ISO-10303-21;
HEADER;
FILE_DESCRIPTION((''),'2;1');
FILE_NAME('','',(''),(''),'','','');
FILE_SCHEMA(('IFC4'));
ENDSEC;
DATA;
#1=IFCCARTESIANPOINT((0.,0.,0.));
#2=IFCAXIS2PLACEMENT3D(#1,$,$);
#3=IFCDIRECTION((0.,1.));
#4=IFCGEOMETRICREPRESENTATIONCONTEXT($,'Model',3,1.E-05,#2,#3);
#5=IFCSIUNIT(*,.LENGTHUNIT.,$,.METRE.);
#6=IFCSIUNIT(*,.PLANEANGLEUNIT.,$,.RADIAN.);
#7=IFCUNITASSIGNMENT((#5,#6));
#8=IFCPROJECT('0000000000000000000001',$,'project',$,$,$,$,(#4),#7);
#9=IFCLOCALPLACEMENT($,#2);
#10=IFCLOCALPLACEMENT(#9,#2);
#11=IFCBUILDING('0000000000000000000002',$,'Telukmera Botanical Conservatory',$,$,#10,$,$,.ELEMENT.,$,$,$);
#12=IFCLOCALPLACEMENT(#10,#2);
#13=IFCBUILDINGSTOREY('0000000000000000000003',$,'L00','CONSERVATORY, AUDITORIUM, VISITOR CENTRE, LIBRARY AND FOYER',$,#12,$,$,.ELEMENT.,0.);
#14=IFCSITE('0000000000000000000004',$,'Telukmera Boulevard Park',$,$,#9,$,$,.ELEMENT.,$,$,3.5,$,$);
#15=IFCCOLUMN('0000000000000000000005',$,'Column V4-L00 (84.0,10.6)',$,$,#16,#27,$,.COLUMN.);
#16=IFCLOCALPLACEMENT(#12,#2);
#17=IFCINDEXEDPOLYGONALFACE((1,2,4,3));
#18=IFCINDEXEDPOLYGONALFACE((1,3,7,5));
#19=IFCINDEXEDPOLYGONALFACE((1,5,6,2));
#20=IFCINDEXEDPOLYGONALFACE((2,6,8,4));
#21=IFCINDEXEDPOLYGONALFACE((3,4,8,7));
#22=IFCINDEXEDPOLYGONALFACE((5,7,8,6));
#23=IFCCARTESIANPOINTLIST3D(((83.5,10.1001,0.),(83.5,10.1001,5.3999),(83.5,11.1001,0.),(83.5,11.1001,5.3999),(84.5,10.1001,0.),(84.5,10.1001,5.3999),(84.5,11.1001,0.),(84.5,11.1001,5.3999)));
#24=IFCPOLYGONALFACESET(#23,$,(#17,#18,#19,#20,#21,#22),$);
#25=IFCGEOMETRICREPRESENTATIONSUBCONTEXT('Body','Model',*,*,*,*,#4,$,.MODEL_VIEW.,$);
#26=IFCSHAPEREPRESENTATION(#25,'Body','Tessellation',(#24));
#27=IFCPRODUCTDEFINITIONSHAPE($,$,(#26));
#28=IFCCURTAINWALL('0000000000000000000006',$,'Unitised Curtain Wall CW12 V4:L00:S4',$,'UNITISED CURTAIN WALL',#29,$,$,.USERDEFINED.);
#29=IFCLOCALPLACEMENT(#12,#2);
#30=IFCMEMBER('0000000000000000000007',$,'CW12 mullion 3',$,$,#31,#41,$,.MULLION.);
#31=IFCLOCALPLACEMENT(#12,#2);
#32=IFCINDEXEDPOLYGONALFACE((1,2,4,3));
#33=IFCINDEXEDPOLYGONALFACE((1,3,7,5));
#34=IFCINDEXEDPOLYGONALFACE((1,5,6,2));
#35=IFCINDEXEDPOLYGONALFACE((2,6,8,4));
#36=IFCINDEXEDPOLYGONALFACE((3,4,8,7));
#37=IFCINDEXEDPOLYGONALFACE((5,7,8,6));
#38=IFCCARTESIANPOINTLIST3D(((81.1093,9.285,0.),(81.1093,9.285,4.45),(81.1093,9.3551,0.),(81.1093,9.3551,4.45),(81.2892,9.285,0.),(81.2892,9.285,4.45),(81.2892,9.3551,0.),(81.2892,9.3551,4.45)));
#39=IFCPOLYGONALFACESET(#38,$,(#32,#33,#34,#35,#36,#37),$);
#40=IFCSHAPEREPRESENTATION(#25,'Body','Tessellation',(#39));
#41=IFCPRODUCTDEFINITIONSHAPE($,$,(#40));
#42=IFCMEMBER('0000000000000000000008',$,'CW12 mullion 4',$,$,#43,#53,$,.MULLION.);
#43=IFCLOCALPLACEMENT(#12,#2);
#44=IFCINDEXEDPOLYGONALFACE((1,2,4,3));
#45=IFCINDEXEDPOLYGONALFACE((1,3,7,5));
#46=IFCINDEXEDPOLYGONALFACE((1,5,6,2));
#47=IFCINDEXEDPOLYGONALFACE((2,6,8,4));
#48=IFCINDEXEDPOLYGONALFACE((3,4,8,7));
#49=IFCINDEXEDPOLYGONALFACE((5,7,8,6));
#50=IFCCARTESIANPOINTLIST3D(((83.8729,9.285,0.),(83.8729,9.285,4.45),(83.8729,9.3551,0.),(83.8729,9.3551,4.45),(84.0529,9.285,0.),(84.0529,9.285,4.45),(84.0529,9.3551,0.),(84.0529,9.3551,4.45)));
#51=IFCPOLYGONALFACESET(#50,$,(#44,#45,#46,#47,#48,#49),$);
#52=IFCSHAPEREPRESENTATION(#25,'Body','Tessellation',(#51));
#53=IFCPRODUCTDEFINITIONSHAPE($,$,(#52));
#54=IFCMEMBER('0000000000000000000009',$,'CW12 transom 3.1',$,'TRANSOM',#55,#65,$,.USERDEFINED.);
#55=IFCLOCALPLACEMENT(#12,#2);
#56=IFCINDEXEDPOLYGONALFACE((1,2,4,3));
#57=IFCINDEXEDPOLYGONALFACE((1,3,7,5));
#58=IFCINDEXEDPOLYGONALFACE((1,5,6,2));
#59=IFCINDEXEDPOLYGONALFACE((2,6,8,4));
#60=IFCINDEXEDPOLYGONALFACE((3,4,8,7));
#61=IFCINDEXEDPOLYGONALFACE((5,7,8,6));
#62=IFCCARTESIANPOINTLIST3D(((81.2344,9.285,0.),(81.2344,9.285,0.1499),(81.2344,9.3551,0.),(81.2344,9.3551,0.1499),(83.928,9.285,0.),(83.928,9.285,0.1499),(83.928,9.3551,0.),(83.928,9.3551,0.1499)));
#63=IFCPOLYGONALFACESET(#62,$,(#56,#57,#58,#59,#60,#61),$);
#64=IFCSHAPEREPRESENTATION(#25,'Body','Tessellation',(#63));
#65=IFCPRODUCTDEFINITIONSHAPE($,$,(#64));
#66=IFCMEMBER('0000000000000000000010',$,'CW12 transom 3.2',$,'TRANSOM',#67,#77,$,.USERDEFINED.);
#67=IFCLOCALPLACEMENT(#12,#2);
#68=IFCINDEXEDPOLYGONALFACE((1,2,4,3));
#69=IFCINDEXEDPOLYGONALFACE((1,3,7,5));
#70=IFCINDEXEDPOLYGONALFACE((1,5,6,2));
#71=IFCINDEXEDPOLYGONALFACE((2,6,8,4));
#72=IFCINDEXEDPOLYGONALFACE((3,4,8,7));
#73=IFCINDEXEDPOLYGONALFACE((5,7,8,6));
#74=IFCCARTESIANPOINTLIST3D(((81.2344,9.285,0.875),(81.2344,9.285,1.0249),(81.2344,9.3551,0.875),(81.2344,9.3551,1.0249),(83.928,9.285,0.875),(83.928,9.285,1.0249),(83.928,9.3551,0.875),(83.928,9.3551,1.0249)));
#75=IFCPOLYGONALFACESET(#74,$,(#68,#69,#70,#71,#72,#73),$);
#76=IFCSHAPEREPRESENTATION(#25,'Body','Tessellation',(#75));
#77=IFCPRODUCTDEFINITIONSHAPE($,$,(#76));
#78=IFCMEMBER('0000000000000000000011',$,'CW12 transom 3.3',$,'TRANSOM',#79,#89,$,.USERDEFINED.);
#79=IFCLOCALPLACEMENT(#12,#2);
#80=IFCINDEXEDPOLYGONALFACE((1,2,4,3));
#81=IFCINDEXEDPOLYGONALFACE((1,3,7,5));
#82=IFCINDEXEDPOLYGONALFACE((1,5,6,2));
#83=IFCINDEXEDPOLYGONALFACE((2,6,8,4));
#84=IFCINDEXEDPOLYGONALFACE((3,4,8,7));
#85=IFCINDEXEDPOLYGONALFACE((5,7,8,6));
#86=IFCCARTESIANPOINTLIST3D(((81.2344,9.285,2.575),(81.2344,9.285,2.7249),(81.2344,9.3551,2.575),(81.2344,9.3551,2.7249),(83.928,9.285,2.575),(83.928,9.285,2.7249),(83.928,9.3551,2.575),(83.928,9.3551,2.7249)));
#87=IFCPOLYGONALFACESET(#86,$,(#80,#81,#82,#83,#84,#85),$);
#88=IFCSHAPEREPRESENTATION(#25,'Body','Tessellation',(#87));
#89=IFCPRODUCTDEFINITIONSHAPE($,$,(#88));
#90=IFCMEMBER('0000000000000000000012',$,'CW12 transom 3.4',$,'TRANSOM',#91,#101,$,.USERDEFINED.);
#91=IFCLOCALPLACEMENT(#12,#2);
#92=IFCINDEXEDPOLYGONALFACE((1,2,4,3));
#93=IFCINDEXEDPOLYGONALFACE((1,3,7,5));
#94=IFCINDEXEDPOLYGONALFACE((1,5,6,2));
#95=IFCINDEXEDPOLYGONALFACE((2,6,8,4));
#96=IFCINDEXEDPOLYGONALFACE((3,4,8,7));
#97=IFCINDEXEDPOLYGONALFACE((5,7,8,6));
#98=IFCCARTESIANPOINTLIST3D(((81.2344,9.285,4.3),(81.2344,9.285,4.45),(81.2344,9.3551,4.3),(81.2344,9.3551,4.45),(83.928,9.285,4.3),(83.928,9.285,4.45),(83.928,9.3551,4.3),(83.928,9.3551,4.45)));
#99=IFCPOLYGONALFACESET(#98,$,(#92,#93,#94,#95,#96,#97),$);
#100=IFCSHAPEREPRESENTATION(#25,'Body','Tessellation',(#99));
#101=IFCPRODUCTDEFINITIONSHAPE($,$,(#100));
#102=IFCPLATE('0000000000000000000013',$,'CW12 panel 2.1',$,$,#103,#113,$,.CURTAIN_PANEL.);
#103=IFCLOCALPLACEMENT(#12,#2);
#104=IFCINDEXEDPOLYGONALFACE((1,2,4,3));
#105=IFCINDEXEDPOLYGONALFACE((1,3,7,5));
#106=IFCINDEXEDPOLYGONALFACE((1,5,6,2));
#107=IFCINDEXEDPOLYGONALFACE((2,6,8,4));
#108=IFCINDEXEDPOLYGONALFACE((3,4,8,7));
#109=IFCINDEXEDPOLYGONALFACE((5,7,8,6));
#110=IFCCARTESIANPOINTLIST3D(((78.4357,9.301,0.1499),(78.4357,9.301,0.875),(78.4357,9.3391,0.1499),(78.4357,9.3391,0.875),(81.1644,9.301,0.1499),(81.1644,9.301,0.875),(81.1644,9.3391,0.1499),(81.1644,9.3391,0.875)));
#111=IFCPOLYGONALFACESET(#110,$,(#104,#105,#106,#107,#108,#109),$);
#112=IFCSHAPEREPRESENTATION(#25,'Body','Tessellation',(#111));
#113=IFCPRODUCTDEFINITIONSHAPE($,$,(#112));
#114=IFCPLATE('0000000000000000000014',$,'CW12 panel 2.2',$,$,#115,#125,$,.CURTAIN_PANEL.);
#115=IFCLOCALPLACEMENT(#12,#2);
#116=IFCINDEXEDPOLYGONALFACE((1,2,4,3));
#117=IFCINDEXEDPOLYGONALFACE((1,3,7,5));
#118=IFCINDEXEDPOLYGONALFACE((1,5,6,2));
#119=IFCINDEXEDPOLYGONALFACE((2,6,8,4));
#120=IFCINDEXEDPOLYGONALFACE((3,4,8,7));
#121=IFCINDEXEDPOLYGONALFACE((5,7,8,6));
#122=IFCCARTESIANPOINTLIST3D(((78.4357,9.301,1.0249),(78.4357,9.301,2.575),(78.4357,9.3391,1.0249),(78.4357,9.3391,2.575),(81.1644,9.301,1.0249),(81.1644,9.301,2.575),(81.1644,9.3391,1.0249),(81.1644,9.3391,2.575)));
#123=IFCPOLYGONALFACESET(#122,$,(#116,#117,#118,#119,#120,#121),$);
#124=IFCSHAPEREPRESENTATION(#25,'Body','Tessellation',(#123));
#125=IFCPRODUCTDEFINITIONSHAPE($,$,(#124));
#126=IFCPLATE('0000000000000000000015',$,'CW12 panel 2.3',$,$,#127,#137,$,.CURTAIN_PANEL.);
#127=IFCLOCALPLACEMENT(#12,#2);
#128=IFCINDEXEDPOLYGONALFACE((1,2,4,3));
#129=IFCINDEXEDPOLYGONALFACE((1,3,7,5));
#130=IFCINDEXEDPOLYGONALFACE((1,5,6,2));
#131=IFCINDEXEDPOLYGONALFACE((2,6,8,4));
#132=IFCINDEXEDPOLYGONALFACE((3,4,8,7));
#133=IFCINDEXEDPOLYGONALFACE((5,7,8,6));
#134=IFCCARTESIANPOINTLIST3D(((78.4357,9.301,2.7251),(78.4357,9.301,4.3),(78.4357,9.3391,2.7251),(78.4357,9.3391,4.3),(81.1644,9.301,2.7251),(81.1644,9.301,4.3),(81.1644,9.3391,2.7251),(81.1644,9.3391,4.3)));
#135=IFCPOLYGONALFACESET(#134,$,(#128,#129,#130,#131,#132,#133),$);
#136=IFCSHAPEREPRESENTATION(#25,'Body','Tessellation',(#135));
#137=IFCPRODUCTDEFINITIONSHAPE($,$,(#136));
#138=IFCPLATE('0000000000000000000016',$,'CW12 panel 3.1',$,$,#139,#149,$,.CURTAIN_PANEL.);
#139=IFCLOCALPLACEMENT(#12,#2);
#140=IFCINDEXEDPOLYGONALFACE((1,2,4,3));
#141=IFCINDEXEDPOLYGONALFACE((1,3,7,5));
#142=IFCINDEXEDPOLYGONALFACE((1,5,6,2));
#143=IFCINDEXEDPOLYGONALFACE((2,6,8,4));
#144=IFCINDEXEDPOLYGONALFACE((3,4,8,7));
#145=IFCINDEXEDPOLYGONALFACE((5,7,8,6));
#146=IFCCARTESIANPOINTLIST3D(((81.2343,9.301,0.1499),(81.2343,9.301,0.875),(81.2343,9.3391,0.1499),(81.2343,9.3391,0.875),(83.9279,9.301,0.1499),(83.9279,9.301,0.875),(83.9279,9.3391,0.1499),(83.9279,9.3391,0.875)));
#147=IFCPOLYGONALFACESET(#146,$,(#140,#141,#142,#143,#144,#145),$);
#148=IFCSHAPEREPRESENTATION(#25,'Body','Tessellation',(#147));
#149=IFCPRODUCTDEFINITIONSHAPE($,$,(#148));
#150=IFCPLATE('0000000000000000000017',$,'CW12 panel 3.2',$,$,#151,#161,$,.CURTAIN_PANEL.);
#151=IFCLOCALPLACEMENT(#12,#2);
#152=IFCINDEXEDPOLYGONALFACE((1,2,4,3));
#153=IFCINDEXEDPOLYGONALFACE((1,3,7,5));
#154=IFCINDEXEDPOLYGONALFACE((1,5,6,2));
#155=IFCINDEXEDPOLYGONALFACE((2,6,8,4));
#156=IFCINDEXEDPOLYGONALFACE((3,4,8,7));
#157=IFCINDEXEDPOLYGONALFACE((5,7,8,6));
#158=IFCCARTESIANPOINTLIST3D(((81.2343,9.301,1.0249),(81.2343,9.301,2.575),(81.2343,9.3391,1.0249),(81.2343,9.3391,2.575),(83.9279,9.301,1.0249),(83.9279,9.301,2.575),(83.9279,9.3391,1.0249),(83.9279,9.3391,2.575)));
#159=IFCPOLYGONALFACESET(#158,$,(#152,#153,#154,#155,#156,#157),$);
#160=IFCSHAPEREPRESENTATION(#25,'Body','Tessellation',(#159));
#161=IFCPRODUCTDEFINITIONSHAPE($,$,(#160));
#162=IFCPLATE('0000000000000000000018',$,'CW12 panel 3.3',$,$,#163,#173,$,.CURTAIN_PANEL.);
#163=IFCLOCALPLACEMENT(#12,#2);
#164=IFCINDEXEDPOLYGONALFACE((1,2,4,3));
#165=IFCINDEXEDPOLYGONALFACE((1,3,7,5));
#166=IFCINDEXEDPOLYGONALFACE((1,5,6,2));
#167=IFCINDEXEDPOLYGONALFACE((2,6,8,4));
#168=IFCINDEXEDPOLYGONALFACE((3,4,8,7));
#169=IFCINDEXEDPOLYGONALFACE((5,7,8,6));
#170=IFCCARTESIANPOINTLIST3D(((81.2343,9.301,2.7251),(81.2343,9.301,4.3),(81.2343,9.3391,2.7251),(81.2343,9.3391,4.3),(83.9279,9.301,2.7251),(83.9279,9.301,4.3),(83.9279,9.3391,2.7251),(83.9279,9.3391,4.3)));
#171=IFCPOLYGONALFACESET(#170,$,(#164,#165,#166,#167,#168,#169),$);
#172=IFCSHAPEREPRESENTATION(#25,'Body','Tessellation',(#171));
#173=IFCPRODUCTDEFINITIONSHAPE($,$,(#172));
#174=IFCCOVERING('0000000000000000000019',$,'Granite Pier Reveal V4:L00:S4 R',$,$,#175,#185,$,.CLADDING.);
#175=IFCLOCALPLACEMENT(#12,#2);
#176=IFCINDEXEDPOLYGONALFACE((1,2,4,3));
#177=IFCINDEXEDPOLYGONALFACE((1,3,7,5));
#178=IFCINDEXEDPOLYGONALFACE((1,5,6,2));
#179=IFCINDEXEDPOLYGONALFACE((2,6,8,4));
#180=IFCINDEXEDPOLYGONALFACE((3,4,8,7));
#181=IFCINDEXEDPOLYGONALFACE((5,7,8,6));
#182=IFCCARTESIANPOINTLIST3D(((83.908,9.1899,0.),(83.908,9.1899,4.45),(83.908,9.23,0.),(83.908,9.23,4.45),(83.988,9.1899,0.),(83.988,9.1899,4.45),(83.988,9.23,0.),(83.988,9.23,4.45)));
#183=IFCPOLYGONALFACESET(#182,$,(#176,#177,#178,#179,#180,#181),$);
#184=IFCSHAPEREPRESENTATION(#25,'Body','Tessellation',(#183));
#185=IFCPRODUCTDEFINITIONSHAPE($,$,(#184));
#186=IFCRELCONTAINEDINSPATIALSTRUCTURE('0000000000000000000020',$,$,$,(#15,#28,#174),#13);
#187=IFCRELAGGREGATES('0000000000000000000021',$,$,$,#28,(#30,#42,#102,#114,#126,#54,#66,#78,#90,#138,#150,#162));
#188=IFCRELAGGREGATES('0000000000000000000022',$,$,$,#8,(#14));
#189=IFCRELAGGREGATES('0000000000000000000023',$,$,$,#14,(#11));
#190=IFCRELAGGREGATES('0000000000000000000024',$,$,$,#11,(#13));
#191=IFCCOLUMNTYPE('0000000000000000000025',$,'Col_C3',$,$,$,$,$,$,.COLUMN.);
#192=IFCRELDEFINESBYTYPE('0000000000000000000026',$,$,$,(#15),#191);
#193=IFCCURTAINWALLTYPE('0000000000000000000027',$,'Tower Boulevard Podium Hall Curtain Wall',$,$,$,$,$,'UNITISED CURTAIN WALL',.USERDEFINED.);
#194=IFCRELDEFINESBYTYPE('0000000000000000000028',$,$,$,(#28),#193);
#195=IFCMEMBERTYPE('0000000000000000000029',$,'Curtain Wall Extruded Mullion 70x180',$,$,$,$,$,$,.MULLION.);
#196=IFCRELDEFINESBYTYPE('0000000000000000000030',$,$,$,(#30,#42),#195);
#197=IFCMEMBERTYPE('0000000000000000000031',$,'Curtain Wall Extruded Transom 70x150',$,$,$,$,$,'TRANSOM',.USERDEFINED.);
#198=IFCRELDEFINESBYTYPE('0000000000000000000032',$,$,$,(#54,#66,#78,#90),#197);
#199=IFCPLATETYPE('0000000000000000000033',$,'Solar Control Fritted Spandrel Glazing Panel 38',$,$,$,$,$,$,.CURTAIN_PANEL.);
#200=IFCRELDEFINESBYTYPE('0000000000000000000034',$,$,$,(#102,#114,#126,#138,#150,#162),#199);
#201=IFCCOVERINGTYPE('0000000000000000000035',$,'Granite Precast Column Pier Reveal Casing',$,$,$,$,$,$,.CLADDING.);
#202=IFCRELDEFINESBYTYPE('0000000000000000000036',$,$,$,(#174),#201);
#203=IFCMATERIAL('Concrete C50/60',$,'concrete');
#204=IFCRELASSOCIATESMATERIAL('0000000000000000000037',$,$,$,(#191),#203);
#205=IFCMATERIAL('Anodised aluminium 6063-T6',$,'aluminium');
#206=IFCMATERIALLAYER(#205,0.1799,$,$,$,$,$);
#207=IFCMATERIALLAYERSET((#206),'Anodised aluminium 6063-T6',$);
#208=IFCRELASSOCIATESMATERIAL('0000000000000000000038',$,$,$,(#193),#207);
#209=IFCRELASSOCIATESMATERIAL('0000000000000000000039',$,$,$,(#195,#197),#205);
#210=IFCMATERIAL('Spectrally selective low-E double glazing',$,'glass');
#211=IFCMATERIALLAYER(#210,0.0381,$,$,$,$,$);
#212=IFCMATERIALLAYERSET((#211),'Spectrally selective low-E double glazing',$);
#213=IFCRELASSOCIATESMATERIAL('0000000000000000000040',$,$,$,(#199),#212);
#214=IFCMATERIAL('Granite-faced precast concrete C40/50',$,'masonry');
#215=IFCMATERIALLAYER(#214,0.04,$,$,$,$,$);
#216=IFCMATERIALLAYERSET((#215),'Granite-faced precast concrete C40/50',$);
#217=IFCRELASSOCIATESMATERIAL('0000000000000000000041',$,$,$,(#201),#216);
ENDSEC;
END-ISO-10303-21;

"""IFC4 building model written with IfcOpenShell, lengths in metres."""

from ifc_helpers import new_model, si_unit, direction, frame, origin, origin_2d, place, context, subcontext, project, spatial, rectangle, extrude, material, layer, layer_set, material_profile, profile_set, type_object, element, aggregate, save


model = new_model("IFC4")

# Units and contexts
model_context = context("Model", 3, precision=1e-05, world=origin(), true_north=direction((0.0, 1.0)))
body_context = subcontext(model_context, "Body", "Model", "MODEL_VIEW")
ifc_project = project(units=[si_unit("LENGTHUNIT", "METRE"), si_unit("PLANEANGLEUNIT", "RADIAN")], contexts=[model_context])

# Site, building, storey
site_placement = place(None, origin())
site = spatial("IfcSite", under=ifc_project, at=site_placement, Name="Telukmera Boulevard Park", CompositionType="ELEMENT", RefElevation=3.5)
building_placement = place(site_placement, origin())
building = spatial("IfcBuilding", under=site, at=building_placement, Name="Telukmera Botanical Conservatory", CompositionType="ELEMENT")
storey_placement = place(building_placement, origin())
storey = spatial("IfcBuildingStorey", under=building, at=storey_placement, Name="L00", Description="CONSERVATORY, AUDITORIUM, VISITOR CENTRE, LIBRARY AND FOYER", CompositionType="ELEMENT", Elevation=0.0)

# Column
ifc_material_1 = material(Name="Concrete C50/60", Category="concrete")
ifc_material_profile_1 = material_profile(ifc_material_1, rectangle(XDim=1.0, YDim=1.0, at=origin_2d()), Name="RC 1000x1000")
ifc_profile_set_1 = profile_set([ifc_material_profile_1], Name="Concrete C50/60")
column_type = type_object("IfcColumnType", Name="Col_C3", PredefinedType="COLUMN", material=ifc_profile_set_1)
column_placement = place(storey_placement, frame((84.0, 10.6001, 0.0), z_axis=(0.0, 0.0, 1.0), x_axis=(1.0, 0.0, 0.0)))
element("IfcColumn", 1, at=column_placement, inside=storey, type_object=column_type, Name="Column V4-L00 (84.0,10.6)", PredefinedType="COLUMN", context=body_context, shape_type="SweptSolid", body=[
    extrude(rectangle(XDim=1.0, YDim=1.0, at=origin_2d()), origin(), (0.0, 0.0, 1.0), 5.3999),
])

# Curtain wall, members, plates
ifc_material_2 = material(Name="Anodised aluminium 6063-T6", Category="aluminium")
ifc_layer_1 = layer(ifc_material_2, 0.1799)
ifc_layer_set_1 = layer_set([ifc_layer_1], Name="Anodised aluminium 6063-T6")
curtain_wall_type = type_object("IfcCurtainWallType", Name="Tower Boulevard Podium Hall Curtain Wall", ElementType="UNITISED CURTAIN WALL", PredefinedType="USERDEFINED", material=ifc_layer_set_1)
curtain_wall_placement = place(storey_placement, origin())
curtain_wall = element("IfcCurtainWall", 2, at=curtain_wall_placement, inside=storey, type_object=curtain_wall_type, Name="Unitised Curtain Wall CW12 V4:L00:S4", ObjectType="UNITISED CURTAIN WALL", PredefinedType="USERDEFINED")
ifc_material_profile_2 = material_profile(ifc_material_2, rectangle(XDim=0.0701, YDim=0.1799, at=origin_2d()), Name="ALU MULL 70x180")
ifc_profile_set_2 = profile_set([ifc_material_profile_2], Name="Anodised aluminium 6063-T6")
member_type_1 = type_object("IfcMemberType", Name="Curtain Wall Extruded Mullion 70x180", PredefinedType="MULLION", material=ifc_profile_set_2)
member_1_placement = place(storey_placement, frame((81.1992, 9.3201, 0.0), z_axis=(0.0, 0.0, 1.0), x_axis=(0.0, 1.0, 0.0)))
member_1 = element("IfcMember", 3, at=member_1_placement, type_object=member_type_1, Name="CW12 mullion 3", PredefinedType="MULLION", context=body_context, shape_type="SweptSolid", body=[
    extrude(rectangle(XDim=0.0701, YDim=0.1799, at=origin_2d()), origin(), (0.0, 0.0, 1.0), 4.45),
])
member_2_placement = place(storey_placement, frame((83.9629, 9.3201, 0.0), z_axis=(0.0, 0.0, 1.0), x_axis=(0.0, 1.0, 0.0)))
member_2 = element("IfcMember", 4, at=member_2_placement, type_object=member_type_1, Name="CW12 mullion 4", PredefinedType="MULLION", context=body_context, shape_type="SweptSolid", body=[
    extrude(rectangle(XDim=0.0701, YDim=0.1799, at=origin_2d()), origin(), (0.0, 0.0, 1.0), 4.45),
])
ifc_material_profile_3 = material_profile(ifc_material_2, rectangle(XDim=0.0701, YDim=0.1499, at=origin_2d()), Name="ALU TRAN 70x150")
ifc_profile_set_3 = profile_set([ifc_material_profile_3], Name="Anodised aluminium 6063-T6")
member_type_2 = type_object("IfcMemberType", Name="Curtain Wall Extruded Transom 70x150", ElementType="TRANSOM", PredefinedType="USERDEFINED", material=ifc_profile_set_3)
member_3_placement = place(storey_placement, frame((81.2344, 9.3201, 0.075), z_axis=(1.0, 0.0, 0.0), x_axis=(0.0, 1.0, 0.0)))
member_3 = element("IfcMember", 5, at=member_3_placement, type_object=member_type_2, Name="CW12 transom 3.1", ObjectType="TRANSOM", PredefinedType="USERDEFINED", context=body_context, shape_type="SweptSolid", body=[
    extrude(rectangle(XDim=0.0701, YDim=0.1499, at=origin_2d()), origin(), (0.0, 0.0, 1.0), 2.6936),
])
member_4_placement = place(storey_placement, frame((81.2344, 9.3201, 0.95), z_axis=(1.0, 0.0, 0.0), x_axis=(0.0, 1.0, 0.0)))
member_4 = element("IfcMember", 6, at=member_4_placement, type_object=member_type_2, Name="CW12 transom 3.2", ObjectType="TRANSOM", PredefinedType="USERDEFINED", context=body_context, shape_type="SweptSolid", body=[
    extrude(rectangle(XDim=0.0701, YDim=0.1499, at=origin_2d()), origin(), (0.0, 0.0, 1.0), 2.6936),
])
member_5_placement = place(storey_placement, frame((81.2344, 9.3201, 2.6499), z_axis=(1.0, 0.0, 0.0), x_axis=(0.0, 1.0, 0.0)))
member_5 = element("IfcMember", 7, at=member_5_placement, type_object=member_type_2, Name="CW12 transom 3.3", ObjectType="TRANSOM", PredefinedType="USERDEFINED", context=body_context, shape_type="SweptSolid", body=[
    extrude(rectangle(XDim=0.0701, YDim=0.1499, at=origin_2d()), origin(), (0.0, 0.0, 1.0), 2.6936),
])
member_6_placement = place(storey_placement, frame((81.2344, 9.3201, 4.375), z_axis=(1.0, 0.0, 0.0), x_axis=(0.0, 1.0, 0.0)))
member_6 = element("IfcMember", 8, at=member_6_placement, type_object=member_type_2, Name="CW12 transom 3.4", ObjectType="TRANSOM", PredefinedType="USERDEFINED", context=body_context, shape_type="SweptSolid", body=[
    extrude(rectangle(XDim=0.0701, YDim=0.1499, at=origin_2d()), origin(), (0.0, 0.0, 1.0), 2.6936),
])
ifc_material_3 = material(Name="Spectrally selective low-E double glazing", Category="glass")
ifc_layer_2 = layer(ifc_material_3, 0.0381)
ifc_layer_set_2 = layer_set([ifc_layer_2], Name="Spectrally selective low-E double glazing")
plate_type = type_object("IfcPlateType", Name="Solar Control Fritted Spandrel Glazing Panel 38", PredefinedType="CURTAIN_PANEL", material=ifc_layer_set_2)
plate_1_placement = place(storey_placement, frame((79.8, 9.3201, 0.1499), z_axis=(0.0, 0.0, 1.0), x_axis=(1.0, 0.0, 0.0)))
plate_1 = element("IfcPlate", 9, at=plate_1_placement, type_object=plate_type, Name="CW12 panel 2.1", PredefinedType="CURTAIN_PANEL", context=body_context, shape_type="SweptSolid", body=[
    extrude(rectangle(XDim=2.7288, YDim=0.0381, at=origin_2d()), origin(), (0.0, 0.0, 1.0), 0.7251),
])
plate_2_placement = place(storey_placement, frame((79.8, 9.3201, 1.0249), z_axis=(0.0, 0.0, 1.0), x_axis=(1.0, 0.0, 0.0)))
plate_2 = element("IfcPlate", 10, at=plate_2_placement, type_object=plate_type, Name="CW12 panel 2.2", PredefinedType="CURTAIN_PANEL", context=body_context, shape_type="SweptSolid", body=[
    extrude(rectangle(XDim=2.7288, YDim=0.0381, at=origin_2d()), origin(), (0.0, 0.0, 1.0), 1.55),
])
plate_3_placement = place(storey_placement, frame((79.8, 9.3201, 2.7251), z_axis=(0.0, 0.0, 1.0), x_axis=(1.0, 0.0, 0.0)))
plate_3 = element("IfcPlate", 11, at=plate_3_placement, type_object=plate_type, Name="CW12 panel 2.3", PredefinedType="CURTAIN_PANEL", context=body_context, shape_type="SweptSolid", body=[
    extrude(rectangle(XDim=2.7288, YDim=0.0381, at=origin_2d()), origin(), (0.0, 0.0, 1.0), 1.575),
])
plate_4_placement = place(storey_placement, frame((82.5811, 9.3201, 0.1499), z_axis=(0.0, 0.0, 1.0), x_axis=(1.0, 0.0, 0.0)))
plate_4 = element("IfcPlate", 12, at=plate_4_placement, type_object=plate_type, Name="CW12 panel 3.1", PredefinedType="CURTAIN_PANEL", context=body_context, shape_type="SweptSolid", body=[
    extrude(rectangle(XDim=2.6936, YDim=0.0381, at=origin_2d()), origin(), (0.0, 0.0, 1.0), 0.7251),
])
plate_5_placement = place(storey_placement, frame((82.5811, 9.3201, 1.0249), z_axis=(0.0, 0.0, 1.0), x_axis=(1.0, 0.0, 0.0)))
plate_5 = element("IfcPlate", 13, at=plate_5_placement, type_object=plate_type, Name="CW12 panel 3.2", PredefinedType="CURTAIN_PANEL", context=body_context, shape_type="SweptSolid", body=[
    extrude(rectangle(XDim=2.6936, YDim=0.0381, at=origin_2d()), origin(), (0.0, 0.0, 1.0), 1.55),
])
plate_6_placement = place(storey_placement, frame((82.5811, 9.3201, 2.7251), z_axis=(0.0, 0.0, 1.0), x_axis=(1.0, 0.0, 0.0)))
plate_6 = element("IfcPlate", 14, at=plate_6_placement, type_object=plate_type, Name="CW12 panel 3.3", PredefinedType="CURTAIN_PANEL", context=body_context, shape_type="SweptSolid", body=[
    extrude(rectangle(XDim=2.6936, YDim=0.0381, at=origin_2d()), origin(), (0.0, 0.0, 1.0), 1.575),
])
aggregate(curtain_wall, [member_1, member_2, plate_1, plate_2, plate_3, member_3, member_4, member_5, member_6, plate_4, plate_5, plate_6])

# Shared definitions
ifc_material_4 = material(Name="Granite-faced precast concrete C40/50", Category="masonry")

# Covering
ifc_layer_3 = layer(ifc_material_4, 0.04)
ifc_layer_set_3 = layer_set([ifc_layer_3], Name="Granite-faced precast concrete C40/50")
covering_type_1 = type_object("IfcCoveringType", Name="Granite Precast Column Pier Reveal Casing", PredefinedType="CLADDING", material=ifc_layer_set_3)
for number, where, z_axis, x_axis, name in (
    (15, (83.948, 9.21, 0.0), (0.0, 0.0, 1.0), (1.0, 0.0, 0.0), "Granite Pier Reveal V4:L00:S4 R"),
):
    element("IfcCovering", number, at=place(storey_placement, frame(where, z_axis=z_axis, x_axis=x_axis)), inside=storey, type_object=covering_type_1, Name=name, PredefinedType="CLADDING", context=body_context, shape_type="SweptSolid", body=[
        extrude(rectangle(XDim=0.0801, YDim=0.04, at=origin_2d()), origin(), (0.0, 0.0, 1.0), 4.45),
    ])

save(model, "model.ifc")
